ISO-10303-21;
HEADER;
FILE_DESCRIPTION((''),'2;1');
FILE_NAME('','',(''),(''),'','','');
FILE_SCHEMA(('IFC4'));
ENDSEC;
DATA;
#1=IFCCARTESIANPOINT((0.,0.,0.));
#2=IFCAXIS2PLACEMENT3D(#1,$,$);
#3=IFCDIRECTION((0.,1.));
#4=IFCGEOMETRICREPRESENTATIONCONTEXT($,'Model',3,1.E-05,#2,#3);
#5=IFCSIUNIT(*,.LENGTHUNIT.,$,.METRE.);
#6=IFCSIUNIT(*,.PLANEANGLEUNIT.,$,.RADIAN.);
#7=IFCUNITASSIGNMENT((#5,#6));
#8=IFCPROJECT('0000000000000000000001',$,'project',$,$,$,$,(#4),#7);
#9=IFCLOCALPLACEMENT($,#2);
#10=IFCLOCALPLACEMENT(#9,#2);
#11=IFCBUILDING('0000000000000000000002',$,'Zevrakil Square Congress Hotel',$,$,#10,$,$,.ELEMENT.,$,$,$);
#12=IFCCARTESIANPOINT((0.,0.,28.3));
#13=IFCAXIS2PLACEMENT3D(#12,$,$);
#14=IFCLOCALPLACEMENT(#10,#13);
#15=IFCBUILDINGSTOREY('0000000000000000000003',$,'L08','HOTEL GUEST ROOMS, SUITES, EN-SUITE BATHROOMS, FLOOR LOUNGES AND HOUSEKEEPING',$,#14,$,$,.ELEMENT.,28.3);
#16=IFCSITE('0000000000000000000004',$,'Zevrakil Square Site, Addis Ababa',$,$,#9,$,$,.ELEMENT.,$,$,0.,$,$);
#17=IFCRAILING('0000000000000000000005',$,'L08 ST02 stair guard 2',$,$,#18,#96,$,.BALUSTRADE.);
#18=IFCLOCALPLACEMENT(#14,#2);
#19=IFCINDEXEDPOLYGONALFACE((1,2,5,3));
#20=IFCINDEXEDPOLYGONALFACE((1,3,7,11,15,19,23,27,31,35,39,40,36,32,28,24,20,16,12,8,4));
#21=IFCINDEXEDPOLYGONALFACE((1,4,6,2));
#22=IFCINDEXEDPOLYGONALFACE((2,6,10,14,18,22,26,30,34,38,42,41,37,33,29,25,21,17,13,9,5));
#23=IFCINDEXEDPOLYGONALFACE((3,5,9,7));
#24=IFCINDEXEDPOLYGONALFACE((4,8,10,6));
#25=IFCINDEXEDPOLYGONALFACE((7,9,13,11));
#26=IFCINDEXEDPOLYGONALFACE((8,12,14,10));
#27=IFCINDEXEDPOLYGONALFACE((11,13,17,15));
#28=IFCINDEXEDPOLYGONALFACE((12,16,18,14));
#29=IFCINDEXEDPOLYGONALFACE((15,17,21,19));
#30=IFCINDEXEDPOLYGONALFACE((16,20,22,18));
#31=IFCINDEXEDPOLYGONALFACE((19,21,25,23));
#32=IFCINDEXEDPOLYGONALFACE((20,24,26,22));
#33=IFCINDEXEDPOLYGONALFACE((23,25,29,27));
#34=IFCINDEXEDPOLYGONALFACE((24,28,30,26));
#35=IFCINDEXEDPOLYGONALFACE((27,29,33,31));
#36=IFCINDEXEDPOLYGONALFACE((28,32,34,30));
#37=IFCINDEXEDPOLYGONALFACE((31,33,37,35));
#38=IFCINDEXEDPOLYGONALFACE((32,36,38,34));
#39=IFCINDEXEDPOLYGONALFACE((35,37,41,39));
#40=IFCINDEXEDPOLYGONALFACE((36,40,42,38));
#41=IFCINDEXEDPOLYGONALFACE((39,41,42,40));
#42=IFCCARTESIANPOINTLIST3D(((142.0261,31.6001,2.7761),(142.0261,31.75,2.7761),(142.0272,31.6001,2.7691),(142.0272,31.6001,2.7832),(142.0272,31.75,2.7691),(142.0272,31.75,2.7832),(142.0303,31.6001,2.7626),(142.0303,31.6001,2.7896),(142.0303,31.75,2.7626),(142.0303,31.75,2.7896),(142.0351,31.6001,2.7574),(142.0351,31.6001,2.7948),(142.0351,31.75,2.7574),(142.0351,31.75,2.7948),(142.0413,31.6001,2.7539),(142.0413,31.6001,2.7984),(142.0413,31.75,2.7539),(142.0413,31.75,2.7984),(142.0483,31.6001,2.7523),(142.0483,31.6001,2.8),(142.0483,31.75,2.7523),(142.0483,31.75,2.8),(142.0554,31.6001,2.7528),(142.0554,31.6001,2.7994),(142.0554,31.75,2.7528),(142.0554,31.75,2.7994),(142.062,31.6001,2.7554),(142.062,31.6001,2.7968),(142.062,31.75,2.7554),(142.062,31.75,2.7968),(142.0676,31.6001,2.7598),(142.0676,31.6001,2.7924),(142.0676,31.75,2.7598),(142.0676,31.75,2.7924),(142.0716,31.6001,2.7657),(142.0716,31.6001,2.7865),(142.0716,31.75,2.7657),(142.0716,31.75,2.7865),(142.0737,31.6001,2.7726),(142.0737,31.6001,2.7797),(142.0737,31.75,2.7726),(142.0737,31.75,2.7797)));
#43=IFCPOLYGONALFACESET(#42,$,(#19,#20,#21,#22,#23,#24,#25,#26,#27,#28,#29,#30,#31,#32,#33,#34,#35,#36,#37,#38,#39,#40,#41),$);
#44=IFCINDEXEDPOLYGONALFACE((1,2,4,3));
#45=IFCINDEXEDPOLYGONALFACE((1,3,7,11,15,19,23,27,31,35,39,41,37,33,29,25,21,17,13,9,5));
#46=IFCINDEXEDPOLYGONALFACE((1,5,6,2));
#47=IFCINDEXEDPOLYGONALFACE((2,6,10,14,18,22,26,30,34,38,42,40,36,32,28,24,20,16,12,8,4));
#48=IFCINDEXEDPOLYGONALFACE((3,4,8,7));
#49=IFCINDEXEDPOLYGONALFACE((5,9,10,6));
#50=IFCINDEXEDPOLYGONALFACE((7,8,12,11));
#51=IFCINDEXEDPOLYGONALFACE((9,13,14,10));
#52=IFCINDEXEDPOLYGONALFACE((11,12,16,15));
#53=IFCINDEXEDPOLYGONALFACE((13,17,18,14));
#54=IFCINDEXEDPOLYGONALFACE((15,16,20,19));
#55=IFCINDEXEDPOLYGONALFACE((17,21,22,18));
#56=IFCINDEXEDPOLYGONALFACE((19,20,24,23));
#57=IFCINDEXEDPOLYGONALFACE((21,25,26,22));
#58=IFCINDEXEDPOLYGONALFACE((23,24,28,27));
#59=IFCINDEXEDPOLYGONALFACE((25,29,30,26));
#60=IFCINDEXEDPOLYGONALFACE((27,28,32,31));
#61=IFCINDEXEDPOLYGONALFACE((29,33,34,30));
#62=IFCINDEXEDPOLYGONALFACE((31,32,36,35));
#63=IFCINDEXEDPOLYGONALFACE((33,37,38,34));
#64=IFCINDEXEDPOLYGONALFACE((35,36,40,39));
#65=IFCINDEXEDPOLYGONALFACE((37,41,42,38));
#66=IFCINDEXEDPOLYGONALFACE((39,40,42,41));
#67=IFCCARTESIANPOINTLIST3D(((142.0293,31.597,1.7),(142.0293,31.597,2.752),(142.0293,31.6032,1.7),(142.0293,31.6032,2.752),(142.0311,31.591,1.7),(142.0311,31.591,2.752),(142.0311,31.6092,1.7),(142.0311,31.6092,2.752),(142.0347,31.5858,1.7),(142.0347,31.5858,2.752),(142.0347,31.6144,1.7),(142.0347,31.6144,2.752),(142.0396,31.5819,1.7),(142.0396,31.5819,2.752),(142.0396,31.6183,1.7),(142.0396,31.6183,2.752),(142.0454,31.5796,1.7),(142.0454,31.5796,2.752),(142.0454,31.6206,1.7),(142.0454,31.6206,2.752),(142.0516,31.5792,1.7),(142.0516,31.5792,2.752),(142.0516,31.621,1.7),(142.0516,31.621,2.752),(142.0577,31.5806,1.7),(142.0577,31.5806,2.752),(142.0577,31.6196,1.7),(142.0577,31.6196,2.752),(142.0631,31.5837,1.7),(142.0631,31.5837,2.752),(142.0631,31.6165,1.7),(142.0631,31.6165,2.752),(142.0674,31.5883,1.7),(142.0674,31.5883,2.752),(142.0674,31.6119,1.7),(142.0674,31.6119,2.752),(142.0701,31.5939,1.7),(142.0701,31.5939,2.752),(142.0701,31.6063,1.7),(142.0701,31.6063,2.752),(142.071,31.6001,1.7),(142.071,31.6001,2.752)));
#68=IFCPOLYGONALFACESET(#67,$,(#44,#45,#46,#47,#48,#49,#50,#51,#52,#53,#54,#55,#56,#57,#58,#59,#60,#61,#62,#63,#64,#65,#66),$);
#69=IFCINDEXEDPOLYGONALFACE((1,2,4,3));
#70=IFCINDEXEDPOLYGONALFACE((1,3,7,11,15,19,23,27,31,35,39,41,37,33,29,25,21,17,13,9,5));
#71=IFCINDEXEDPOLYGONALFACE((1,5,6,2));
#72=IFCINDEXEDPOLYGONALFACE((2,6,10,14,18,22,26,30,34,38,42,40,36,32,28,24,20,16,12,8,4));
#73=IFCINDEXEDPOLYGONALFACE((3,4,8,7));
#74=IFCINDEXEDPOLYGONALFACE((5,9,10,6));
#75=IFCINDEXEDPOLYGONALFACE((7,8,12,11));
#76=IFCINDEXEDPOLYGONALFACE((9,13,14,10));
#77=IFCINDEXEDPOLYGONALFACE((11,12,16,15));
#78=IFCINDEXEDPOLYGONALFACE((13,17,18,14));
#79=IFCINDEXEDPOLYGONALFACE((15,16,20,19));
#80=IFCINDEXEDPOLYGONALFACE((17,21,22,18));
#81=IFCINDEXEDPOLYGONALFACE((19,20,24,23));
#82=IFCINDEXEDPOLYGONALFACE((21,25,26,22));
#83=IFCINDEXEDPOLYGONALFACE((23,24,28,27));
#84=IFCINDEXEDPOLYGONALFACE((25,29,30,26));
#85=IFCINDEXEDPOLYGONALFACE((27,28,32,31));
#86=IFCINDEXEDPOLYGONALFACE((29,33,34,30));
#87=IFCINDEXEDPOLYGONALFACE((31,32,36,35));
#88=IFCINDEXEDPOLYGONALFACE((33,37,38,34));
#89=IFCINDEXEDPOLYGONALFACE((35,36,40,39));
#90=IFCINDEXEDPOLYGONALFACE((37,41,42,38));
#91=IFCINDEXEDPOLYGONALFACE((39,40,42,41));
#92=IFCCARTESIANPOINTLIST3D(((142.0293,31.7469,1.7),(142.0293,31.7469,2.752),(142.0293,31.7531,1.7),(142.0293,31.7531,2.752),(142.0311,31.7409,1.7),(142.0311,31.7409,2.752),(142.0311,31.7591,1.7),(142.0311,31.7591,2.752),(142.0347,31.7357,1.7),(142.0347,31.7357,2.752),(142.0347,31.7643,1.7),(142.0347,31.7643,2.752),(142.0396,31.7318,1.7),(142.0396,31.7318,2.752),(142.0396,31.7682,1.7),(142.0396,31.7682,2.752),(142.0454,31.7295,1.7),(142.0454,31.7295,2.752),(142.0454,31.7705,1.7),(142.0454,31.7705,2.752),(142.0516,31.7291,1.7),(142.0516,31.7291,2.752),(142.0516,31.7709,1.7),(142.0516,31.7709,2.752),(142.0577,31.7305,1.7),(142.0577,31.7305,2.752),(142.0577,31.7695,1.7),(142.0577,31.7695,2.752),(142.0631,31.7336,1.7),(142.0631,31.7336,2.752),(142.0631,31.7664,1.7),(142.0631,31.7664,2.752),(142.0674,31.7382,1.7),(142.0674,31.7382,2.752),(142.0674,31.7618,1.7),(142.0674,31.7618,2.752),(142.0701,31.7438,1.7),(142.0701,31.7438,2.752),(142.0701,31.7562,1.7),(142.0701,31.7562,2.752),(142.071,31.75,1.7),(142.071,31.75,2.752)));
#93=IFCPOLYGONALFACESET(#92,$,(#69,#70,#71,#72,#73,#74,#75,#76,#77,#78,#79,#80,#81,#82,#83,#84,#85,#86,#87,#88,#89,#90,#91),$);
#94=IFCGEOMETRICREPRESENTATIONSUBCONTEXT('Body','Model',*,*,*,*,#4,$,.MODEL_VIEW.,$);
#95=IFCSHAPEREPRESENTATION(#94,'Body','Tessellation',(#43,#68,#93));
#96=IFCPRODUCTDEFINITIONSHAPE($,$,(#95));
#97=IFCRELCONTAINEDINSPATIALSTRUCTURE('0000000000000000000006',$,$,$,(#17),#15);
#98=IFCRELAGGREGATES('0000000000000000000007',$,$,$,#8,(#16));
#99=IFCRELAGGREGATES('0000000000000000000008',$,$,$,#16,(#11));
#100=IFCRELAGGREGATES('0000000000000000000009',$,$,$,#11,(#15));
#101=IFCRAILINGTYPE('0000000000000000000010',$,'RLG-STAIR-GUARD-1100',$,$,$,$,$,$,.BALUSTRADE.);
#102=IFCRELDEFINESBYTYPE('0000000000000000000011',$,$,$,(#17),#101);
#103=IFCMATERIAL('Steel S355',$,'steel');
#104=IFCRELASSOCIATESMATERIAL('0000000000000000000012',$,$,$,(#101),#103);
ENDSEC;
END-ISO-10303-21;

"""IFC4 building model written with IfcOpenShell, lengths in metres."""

from ifc_helpers import new_model, si_unit, direction, frame, origin, origin_2d, place, context, subcontext, project, spatial, circle, extrude, material, type_object, element, save


model = new_model("IFC4")

# Units and contexts
model_context = context("Model", 3, precision=1e-05, world=origin(), true_north=direction((0.0, 1.0)))
body_context = subcontext(model_context, "Body", "Model", "MODEL_VIEW")
ifc_project = project(units=[si_unit("LENGTHUNIT", "METRE"), si_unit("PLANEANGLEUNIT", "RADIAN")], contexts=[model_context])

# Site, building, storey
site_placement = place(None, origin())
site = spatial("IfcSite", under=ifc_project, at=site_placement, Name="Zevrakil Square Site, Addis Ababa", CompositionType="ELEMENT", RefElevation=0.0)
building_placement = place(site_placement, origin())
building = spatial("IfcBuilding", under=site, at=building_placement, Name="Zevrakil Square Congress Hotel", CompositionType="ELEMENT")
storey_placement = place(building_placement, frame((0.0, 0.0, 28.3)))
storey = spatial("IfcBuildingStorey", under=building, at=storey_placement, Name="L08", Description="HOTEL GUEST ROOMS, SUITES, EN-SUITE BATHROOMS, FLOOR LOUNGES AND HOUSEKEEPING", CompositionType="ELEMENT", Elevation=28.3)

# Railing
ifc_material_1 = material(Name="Steel S355", Category="steel")
railing_type_1 = type_object("IfcRailingType", Name="RLG-STAIR-GUARD-1100", PredefinedType="BALUSTRADE", material=ifc_material_1)
railing_1_placement = place(storey_placement, frame((142.05, 31.6001, 1.7)))
element("IfcRailing", 1, at=railing_1_placement, inside=storey, type_object=railing_type_1, Name="L08 ST02 stair guard 2", PredefinedType="BALUSTRADE", context=body_context, shape_type="SweptSolid", body=[
    extrude(circle(Radius=0.0239, at=origin_2d()), frame((0.0, 0.0, 1.0762), z_axis=(0.0, 1.0, 0.0), x_axis=(-1.0, 0.0, 0.0)), (0.0, 0.0, 1.0), 0.1499),
    extrude(circle(Radius=0.021, at=origin_2d()), origin(), (0.0, 0.0, 1.0), 1.052),
    extrude(circle(Radius=0.021, at=origin_2d()), frame((0.0, 0.1499, 0.0)), (0.0, 0.0, 1.0), 1.052),
])

save(model, "model.ifc")
